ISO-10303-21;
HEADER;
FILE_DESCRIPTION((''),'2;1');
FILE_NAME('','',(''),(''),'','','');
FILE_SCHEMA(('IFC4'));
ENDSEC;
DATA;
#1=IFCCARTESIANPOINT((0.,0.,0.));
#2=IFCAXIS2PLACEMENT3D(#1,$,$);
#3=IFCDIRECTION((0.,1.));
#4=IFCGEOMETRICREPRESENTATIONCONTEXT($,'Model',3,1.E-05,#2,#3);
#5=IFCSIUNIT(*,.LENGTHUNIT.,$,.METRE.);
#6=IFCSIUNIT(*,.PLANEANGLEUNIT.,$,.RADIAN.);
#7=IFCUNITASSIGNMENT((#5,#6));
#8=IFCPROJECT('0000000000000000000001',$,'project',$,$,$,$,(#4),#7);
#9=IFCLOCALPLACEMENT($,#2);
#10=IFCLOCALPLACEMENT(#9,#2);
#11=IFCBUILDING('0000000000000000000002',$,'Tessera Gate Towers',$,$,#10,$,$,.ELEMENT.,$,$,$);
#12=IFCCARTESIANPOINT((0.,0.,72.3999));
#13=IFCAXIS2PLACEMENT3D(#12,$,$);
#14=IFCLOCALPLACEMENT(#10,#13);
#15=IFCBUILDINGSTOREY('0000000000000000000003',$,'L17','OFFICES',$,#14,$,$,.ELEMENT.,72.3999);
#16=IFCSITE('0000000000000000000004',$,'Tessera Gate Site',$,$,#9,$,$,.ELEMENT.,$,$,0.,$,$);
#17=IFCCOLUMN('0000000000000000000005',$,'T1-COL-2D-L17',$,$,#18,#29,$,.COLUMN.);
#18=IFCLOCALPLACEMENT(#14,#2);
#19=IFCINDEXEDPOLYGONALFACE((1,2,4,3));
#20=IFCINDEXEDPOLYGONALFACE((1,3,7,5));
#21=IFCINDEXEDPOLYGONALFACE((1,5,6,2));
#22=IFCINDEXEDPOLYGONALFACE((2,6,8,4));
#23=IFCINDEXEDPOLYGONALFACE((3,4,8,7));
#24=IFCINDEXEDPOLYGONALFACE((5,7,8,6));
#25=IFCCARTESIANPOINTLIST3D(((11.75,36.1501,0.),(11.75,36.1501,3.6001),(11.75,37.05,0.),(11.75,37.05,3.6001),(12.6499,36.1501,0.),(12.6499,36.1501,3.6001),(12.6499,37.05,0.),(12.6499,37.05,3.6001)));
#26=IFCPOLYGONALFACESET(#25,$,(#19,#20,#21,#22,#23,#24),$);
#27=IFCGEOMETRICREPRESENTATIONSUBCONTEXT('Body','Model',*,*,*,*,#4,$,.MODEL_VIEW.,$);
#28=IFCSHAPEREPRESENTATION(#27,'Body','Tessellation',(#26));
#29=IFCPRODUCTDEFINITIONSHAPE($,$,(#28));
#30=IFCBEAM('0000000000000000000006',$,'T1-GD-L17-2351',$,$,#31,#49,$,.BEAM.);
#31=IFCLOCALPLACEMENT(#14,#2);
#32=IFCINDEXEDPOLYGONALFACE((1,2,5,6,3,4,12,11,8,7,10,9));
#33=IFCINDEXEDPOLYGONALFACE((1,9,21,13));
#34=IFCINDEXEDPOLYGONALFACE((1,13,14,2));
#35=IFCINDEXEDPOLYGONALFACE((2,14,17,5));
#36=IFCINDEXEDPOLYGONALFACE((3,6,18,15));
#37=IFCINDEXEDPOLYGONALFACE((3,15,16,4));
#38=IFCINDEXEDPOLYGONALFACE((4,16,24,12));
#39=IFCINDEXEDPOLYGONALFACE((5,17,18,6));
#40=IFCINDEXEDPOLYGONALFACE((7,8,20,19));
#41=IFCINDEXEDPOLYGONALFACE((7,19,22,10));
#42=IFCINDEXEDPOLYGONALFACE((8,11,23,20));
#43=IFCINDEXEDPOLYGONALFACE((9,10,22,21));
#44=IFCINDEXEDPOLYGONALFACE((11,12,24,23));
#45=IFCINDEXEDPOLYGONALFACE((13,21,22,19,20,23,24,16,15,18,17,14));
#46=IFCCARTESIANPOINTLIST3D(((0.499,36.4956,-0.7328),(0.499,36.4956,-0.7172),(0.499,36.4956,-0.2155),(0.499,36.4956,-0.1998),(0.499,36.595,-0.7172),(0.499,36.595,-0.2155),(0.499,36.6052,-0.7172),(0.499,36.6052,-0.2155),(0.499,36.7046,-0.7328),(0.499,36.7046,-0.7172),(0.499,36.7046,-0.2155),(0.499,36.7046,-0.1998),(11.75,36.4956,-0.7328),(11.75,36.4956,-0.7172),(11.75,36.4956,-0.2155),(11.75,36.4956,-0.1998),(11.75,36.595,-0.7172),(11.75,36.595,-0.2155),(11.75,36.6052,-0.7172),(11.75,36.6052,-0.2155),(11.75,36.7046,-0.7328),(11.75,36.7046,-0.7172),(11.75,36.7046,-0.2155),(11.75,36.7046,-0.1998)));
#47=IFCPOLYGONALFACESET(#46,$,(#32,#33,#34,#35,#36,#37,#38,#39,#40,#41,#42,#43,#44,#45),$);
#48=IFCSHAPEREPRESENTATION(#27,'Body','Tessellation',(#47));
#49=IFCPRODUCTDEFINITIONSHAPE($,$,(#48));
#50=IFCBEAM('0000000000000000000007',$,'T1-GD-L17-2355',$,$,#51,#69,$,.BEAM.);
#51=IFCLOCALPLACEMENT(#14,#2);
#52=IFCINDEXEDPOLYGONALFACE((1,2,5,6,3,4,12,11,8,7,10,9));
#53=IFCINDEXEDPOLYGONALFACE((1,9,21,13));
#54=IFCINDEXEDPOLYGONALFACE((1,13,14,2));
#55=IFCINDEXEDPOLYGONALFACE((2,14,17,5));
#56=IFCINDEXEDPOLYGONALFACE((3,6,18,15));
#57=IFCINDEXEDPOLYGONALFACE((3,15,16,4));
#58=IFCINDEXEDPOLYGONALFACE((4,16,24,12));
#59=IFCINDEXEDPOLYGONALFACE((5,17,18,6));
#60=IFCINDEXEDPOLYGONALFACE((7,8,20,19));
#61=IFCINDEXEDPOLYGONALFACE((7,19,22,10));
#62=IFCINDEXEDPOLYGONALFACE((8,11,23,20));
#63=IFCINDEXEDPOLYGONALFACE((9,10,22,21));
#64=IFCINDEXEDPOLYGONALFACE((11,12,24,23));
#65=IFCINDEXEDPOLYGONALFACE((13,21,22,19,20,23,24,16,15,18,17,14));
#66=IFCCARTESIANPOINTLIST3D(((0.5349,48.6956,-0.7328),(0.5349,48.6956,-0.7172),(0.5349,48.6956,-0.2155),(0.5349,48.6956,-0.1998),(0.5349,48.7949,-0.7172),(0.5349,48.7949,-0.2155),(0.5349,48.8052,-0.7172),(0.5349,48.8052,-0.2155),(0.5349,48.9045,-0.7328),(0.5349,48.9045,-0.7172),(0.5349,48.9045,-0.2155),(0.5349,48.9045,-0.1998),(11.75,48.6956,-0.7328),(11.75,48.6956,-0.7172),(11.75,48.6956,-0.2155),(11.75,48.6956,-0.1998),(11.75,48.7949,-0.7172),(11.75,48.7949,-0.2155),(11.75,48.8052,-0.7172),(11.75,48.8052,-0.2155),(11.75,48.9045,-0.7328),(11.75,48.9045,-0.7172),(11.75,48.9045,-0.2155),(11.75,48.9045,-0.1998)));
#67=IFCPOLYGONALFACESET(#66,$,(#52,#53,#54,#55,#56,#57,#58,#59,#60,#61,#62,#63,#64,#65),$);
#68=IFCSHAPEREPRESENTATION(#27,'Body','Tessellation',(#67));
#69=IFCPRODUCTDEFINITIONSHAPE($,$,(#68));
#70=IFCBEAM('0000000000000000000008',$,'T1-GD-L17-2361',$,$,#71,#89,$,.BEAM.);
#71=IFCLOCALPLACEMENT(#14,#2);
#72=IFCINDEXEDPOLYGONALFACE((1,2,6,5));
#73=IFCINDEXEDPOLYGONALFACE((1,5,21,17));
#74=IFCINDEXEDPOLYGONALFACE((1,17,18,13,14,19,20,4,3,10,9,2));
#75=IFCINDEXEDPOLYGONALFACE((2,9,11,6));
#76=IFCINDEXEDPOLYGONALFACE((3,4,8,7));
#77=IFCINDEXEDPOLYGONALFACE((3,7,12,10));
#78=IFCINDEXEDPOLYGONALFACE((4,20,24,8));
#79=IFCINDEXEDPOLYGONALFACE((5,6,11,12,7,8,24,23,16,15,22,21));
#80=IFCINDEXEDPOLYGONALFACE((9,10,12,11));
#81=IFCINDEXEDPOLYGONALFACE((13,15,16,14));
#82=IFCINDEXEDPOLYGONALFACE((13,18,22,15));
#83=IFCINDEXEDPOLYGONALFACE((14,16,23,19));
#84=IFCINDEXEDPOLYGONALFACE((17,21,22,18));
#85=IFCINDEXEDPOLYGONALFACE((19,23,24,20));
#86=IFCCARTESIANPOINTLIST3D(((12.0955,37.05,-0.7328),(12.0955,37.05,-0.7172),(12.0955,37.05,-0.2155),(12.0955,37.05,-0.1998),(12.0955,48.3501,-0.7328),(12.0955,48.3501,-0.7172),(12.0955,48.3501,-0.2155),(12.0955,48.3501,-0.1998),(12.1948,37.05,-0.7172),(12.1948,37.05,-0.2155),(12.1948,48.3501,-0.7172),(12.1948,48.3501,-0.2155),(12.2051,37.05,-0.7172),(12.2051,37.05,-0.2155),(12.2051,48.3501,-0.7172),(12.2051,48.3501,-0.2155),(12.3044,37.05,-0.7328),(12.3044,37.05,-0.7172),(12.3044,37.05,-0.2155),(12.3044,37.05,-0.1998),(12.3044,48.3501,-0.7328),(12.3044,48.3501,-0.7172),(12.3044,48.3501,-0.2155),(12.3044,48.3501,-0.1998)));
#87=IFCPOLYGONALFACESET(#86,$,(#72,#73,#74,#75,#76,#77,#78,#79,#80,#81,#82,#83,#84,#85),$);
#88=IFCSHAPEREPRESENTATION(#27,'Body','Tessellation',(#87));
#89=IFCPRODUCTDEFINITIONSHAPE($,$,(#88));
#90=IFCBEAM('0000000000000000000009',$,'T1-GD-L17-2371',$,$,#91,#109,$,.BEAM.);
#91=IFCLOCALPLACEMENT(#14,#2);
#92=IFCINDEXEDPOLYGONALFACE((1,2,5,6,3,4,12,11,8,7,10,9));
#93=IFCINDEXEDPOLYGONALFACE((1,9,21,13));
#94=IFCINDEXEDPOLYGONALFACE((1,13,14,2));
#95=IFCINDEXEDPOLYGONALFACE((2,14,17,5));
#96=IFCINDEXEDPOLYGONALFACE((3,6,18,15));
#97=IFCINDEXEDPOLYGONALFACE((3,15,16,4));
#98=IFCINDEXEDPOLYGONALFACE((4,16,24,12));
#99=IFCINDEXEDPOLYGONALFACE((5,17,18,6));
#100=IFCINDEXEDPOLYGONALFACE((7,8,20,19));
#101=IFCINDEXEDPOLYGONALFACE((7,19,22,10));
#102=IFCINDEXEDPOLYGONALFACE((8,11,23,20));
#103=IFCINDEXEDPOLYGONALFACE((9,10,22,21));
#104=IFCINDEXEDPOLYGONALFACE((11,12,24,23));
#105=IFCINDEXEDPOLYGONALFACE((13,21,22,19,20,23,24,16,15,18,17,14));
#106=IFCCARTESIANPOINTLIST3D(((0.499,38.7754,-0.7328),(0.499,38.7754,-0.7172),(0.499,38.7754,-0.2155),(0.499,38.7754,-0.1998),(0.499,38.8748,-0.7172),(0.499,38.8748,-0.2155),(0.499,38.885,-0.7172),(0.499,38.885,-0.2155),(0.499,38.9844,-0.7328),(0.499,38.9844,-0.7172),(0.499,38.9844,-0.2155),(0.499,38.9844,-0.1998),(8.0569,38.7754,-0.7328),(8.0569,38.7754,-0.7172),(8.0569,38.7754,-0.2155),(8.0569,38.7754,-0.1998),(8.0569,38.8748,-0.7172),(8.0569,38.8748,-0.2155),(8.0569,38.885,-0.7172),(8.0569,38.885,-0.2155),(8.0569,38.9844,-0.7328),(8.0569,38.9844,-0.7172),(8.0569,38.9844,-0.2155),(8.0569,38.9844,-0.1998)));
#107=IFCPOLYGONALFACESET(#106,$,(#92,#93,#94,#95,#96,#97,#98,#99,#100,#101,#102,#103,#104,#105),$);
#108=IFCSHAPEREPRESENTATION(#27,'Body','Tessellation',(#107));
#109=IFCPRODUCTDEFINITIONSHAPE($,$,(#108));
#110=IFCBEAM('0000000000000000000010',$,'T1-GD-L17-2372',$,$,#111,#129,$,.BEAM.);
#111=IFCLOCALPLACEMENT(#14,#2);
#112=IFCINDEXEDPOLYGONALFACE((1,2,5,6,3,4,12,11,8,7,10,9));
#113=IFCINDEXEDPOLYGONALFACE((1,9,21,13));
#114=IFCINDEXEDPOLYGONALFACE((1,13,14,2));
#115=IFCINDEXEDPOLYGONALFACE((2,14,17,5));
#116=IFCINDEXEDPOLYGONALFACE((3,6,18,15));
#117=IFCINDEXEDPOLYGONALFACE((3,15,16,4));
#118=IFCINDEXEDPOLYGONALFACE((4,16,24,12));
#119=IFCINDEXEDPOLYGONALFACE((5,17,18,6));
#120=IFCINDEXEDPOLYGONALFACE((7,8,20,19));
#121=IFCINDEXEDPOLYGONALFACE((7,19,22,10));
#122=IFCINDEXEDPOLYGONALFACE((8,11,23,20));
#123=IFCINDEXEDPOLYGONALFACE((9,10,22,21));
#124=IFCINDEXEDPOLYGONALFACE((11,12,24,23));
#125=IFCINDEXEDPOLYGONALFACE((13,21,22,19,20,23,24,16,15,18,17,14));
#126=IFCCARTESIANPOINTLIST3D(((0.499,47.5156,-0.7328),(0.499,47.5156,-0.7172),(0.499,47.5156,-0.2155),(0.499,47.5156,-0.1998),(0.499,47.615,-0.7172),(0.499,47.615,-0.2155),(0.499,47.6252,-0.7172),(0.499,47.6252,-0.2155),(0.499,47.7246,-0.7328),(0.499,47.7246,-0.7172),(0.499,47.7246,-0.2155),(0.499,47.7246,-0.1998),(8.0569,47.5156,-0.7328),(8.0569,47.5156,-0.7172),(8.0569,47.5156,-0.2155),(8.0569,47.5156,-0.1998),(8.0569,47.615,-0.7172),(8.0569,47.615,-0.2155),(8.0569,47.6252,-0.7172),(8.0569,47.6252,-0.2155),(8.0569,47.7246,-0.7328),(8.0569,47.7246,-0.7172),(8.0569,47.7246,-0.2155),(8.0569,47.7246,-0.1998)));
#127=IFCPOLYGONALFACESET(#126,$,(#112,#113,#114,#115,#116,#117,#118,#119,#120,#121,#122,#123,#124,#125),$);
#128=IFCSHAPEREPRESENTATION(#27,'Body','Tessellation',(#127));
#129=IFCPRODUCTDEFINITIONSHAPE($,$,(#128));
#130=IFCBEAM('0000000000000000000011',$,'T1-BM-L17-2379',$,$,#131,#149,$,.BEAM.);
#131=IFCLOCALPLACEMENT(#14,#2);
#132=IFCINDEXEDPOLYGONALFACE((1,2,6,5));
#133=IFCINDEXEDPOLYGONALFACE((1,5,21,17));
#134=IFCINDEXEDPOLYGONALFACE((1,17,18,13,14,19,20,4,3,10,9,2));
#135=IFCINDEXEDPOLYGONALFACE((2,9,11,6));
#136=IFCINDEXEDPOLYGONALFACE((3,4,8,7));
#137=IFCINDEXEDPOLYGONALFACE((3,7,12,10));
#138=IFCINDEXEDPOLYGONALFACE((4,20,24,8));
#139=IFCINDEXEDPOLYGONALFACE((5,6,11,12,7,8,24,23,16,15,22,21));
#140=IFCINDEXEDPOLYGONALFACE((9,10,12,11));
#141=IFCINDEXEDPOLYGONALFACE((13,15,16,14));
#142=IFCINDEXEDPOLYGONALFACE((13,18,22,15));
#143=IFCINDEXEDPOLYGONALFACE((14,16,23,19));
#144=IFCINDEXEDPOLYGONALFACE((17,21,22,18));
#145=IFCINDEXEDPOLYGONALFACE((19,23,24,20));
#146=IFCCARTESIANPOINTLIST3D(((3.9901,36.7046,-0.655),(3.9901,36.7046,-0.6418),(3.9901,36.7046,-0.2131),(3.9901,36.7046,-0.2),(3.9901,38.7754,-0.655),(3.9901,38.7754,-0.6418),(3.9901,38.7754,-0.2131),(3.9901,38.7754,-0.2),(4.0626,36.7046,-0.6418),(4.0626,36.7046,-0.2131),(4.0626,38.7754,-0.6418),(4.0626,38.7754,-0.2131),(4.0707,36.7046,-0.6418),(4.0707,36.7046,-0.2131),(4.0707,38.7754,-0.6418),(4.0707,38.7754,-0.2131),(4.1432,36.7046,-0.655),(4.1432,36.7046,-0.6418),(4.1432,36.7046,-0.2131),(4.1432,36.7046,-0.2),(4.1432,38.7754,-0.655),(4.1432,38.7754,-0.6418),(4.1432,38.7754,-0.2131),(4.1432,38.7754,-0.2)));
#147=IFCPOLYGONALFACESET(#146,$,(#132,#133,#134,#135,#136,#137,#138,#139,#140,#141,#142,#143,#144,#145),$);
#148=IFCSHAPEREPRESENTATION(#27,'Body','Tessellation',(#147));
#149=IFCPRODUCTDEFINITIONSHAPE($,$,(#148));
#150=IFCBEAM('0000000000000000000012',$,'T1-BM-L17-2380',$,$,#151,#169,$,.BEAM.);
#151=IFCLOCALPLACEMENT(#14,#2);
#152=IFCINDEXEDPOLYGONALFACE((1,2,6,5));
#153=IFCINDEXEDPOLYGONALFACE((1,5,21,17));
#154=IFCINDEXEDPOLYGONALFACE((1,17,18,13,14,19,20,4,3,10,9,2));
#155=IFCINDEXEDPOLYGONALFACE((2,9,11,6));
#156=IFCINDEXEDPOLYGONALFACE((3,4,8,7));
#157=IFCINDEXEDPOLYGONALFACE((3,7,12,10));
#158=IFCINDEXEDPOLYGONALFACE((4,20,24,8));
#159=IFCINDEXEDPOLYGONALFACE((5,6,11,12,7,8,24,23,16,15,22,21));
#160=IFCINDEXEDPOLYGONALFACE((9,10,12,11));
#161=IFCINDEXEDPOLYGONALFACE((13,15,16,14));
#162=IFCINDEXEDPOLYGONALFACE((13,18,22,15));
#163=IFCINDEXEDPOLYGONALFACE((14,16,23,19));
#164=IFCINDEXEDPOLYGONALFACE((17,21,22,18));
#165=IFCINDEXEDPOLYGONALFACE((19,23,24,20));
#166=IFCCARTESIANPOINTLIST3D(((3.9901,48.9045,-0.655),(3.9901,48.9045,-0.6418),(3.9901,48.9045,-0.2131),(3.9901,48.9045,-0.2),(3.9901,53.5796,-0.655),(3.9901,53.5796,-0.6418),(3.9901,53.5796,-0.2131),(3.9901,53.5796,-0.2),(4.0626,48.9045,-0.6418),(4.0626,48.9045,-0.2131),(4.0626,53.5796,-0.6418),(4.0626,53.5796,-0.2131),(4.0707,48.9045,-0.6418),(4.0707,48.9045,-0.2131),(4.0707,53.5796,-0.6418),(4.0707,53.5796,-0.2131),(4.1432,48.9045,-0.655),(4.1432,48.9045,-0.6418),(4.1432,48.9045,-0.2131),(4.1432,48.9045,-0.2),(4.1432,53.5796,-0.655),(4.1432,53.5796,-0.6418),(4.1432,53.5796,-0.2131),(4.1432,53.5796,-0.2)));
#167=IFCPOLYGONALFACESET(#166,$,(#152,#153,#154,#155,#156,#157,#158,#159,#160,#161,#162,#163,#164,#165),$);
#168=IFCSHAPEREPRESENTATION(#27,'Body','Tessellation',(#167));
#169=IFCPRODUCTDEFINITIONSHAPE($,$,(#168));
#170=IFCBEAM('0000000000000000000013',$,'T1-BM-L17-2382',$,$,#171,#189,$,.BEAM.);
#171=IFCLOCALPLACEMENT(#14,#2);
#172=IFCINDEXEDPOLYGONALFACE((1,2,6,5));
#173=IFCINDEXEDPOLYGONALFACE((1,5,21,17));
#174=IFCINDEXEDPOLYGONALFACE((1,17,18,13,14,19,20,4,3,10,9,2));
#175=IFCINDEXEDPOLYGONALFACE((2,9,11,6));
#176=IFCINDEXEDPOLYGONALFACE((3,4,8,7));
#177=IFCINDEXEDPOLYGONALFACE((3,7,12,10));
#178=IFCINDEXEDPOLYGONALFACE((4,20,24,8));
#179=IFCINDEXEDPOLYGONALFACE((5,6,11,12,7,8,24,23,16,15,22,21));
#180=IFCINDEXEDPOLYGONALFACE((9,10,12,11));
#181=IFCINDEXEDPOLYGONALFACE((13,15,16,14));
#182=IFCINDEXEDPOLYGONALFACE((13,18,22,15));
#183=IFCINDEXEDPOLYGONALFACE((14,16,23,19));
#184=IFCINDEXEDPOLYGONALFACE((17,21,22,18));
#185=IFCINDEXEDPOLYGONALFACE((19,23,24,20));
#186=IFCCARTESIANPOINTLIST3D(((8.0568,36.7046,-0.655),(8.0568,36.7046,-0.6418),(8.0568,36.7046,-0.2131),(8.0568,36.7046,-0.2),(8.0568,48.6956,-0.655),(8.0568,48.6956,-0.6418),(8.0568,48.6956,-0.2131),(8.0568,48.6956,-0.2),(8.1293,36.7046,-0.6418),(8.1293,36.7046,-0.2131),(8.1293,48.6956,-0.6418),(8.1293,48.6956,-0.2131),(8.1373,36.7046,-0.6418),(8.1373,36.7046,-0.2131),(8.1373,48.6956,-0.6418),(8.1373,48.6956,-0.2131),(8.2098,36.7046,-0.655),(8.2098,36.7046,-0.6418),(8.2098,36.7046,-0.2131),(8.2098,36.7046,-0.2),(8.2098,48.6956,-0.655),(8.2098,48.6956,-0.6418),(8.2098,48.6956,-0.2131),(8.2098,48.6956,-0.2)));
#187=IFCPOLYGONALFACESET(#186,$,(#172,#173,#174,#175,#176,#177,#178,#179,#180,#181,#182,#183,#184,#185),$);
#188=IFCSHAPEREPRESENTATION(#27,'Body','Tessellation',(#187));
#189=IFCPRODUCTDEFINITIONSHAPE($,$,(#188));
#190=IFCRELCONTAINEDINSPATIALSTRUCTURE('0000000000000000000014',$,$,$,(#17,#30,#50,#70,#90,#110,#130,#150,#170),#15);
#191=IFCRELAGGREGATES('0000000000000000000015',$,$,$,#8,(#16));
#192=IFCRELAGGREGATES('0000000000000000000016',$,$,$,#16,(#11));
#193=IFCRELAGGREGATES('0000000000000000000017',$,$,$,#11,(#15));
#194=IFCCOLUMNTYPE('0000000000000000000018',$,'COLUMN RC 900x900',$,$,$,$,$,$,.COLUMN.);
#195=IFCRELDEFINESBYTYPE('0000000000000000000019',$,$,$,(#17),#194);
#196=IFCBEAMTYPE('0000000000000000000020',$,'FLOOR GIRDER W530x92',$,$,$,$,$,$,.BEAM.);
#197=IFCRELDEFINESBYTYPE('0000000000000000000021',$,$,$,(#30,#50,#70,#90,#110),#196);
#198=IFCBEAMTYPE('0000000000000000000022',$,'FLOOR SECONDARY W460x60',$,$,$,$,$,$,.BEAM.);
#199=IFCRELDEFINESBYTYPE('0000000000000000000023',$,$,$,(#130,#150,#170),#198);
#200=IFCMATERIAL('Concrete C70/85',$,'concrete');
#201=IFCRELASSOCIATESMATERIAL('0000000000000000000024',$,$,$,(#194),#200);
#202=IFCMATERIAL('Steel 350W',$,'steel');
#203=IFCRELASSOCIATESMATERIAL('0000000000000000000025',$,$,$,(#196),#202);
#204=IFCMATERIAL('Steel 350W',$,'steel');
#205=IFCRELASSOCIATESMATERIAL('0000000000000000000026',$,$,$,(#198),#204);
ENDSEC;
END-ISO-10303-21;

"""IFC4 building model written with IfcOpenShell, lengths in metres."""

from ifc_helpers import new_model, si_unit, direction, frame, origin, origin_2d, place, context, subcontext, project, spatial, rectangle, i_section, extrude, material, material_profile, profile_set, type_object, element, save


model = new_model("IFC4")

# Units and contexts
model_context = context("Model", 3, precision=1e-05, world=origin(), true_north=direction((0.0, 1.0)))
body_context = subcontext(model_context, "Body", "Model", "MODEL_VIEW")
ifc_project = project(units=[si_unit("LENGTHUNIT", "METRE"), si_unit("PLANEANGLEUNIT", "RADIAN")], contexts=[model_context])

# Site, building, storey
site_placement = place(None, origin())
site = spatial("IfcSite", under=ifc_project, at=site_placement, Name="Tessera Gate Site", CompositionType="ELEMENT", RefElevation=0.0)
building_placement = place(site_placement, origin())
building = spatial("IfcBuilding", under=site, at=building_placement, Name="Tessera Gate Towers", CompositionType="ELEMENT")
storey_placement = place(building_placement, frame((0.0, 0.0, 72.3999)))
storey = spatial("IfcBuildingStorey", under=building, at=storey_placement, Name="L17", Description="OFFICES", CompositionType="ELEMENT", Elevation=72.3999)

# Column
ifc_material_1 = material(Name="Concrete C70/85", Category="concrete")
ifc_material_profile_1 = material_profile(ifc_material_1, rectangle(XDim=0.8999, YDim=0.8999, at=origin_2d()), Name="RC 900x900")
ifc_profile_set_1 = profile_set([ifc_material_profile_1], Name="Concrete C70/85")
column_type = type_object("IfcColumnType", Name="COLUMN RC 900x900", PredefinedType="COLUMN", material=ifc_profile_set_1)
column_placement = place(storey_placement, frame((12.2, 36.6001, 0.0), z_axis=(0.0, 0.0, 1.0), x_axis=(1.0, 0.0, 0.0)))
element("IfcColumn", 1, at=column_placement, inside=storey, type_object=column_type, Name="T1-COL-2D-L17", PredefinedType="COLUMN", context=body_context, shape_type="SweptSolid", body=[
    extrude(rectangle(XDim=0.8999, YDim=0.8999, at=origin_2d()), origin(), (0.0, 0.0, 1.0), 3.6001),
])

# Beams
ifc_material_2 = material(Name="Steel 350W", Category="steel")
ifc_material_profile_2 = material_profile(ifc_material_2, i_section(OverallWidth=0.209, OverallDepth=0.533, WebThickness=0.0103, FlangeThickness=0.0156, at=origin_2d()), Name="W530x92")
ifc_profile_set_2 = profile_set([ifc_material_profile_2], Name="Steel 350W")
beam_type_1 = type_object("IfcBeamType", Name="FLOOR GIRDER W530x92", PredefinedType="BEAM", material=ifc_profile_set_2)
beam_1_placement = place(storey_placement, frame((0.499, 36.6001, -0.4663), z_axis=(1.0, 0.0, 0.0), x_axis=(0.0, 1.0, 0.0)))
element("IfcBeam", 2, at=beam_1_placement, inside=storey, type_object=beam_type_1, Name="T1-GD-L17-2351", PredefinedType="BEAM", context=body_context, shape_type="SweptSolid", body=[
    extrude(i_section(OverallWidth=0.209, OverallDepth=0.533, WebThickness=0.0103, FlangeThickness=0.0156, at=origin_2d()), origin(), (0.0, 0.0, 1.0), 11.251),
])
beam_2_placement = place(storey_placement, frame((0.5349, 48.8, -0.4663), z_axis=(1.0, 0.0, 0.0), x_axis=(0.0, 1.0, 0.0)))
element("IfcBeam", 3, at=beam_2_placement, inside=storey, type_object=beam_type_1, Name="T1-GD-L17-2355", PredefinedType="BEAM", context=body_context, shape_type="SweptSolid", body=[
    extrude(i_section(OverallWidth=0.209, OverallDepth=0.533, WebThickness=0.0103, FlangeThickness=0.0156, at=origin_2d()), origin(), (0.0, 0.0, 1.0), 11.2151),
])
beam_3_placement = place(storey_placement, frame((12.2, 37.05, -0.4663), z_axis=(0.0, 1.0, 0.0), x_axis=(-1.0, 0.0, 0.0)))
element("IfcBeam", 4, at=beam_3_placement, inside=storey, type_object=beam_type_1, Name="T1-GD-L17-2361", PredefinedType="BEAM", context=body_context, shape_type="SweptSolid", body=[
    extrude(i_section(OverallWidth=0.209, OverallDepth=0.533, WebThickness=0.0103, FlangeThickness=0.0156, at=origin_2d()), origin(), (0.0, 0.0, 1.0), 11.3),
])
for number, where, z_axis, x_axis, name in (
    (5, (0.499, 38.8799, -0.4663), (1.0, 0.0, 0.0), (0.0, 1.0, 0.0), "T1-GD-L17-2371"),
    (6, (0.499, 47.6201, -0.4663), (1.0, 0.0, 0.0), (0.0, 1.0, 0.0), "T1-GD-L17-2372"),
):
    element("IfcBeam", number, at=place(storey_placement, frame(where, z_axis=z_axis, x_axis=x_axis)), inside=storey, type_object=beam_type_1, Name=name, PredefinedType="BEAM", context=body_context, shape_type="SweptSolid", body=[
        extrude(i_section(OverallWidth=0.209, OverallDepth=0.533, WebThickness=0.0103, FlangeThickness=0.0156, at=origin_2d()), origin(), (0.0, 0.0, 1.0), 7.5579),
    ])
ifc_material_3 = material(Name="Steel 350W", Category="steel")
ifc_material_profile_3 = material_profile(ifc_material_3, i_section(OverallWidth=0.1531, OverallDepth=0.4551, WebThickness=0.0081, FlangeThickness=0.0132, at=origin_2d()), Name="W460x60")
ifc_profile_set_3 = profile_set([ifc_material_profile_3], Name="Steel 350W")
beam_type_2 = type_object("IfcBeamType", Name="FLOOR SECONDARY W460x60", PredefinedType="BEAM", material=ifc_profile_set_3)
beam_4_placement = place(storey_placement, frame((4.0667, 36.7046, -0.4275), z_axis=(0.0, 1.0, 0.0), x_axis=(-1.0, 0.0, 0.0)))
element("IfcBeam", 7, at=beam_4_placement, inside=storey, type_object=beam_type_2, Name="T1-BM-L17-2379", PredefinedType="BEAM", context=body_context, shape_type="SweptSolid", body=[
    extrude(i_section(OverallWidth=0.1531, OverallDepth=0.4551, WebThickness=0.0081, FlangeThickness=0.0132, at=origin_2d()), origin(), (0.0, 0.0, 1.0), 2.0708),
])
beam_5_placement = place(storey_placement, frame((4.0667, 48.9045, -0.4275), z_axis=(0.0, 1.0, 0.0), x_axis=(-1.0, 0.0, 0.0)))
element("IfcBeam", 8, at=beam_5_placement, inside=storey, type_object=beam_type_2, Name="T1-BM-L17-2380", PredefinedType="BEAM", context=body_context, shape_type="SweptSolid", body=[
    extrude(i_section(OverallWidth=0.1531, OverallDepth=0.4551, WebThickness=0.0081, FlangeThickness=0.0132, at=origin_2d()), origin(), (0.0, 0.0, 1.0), 4.675),
])
beam_6_placement = place(storey_placement, frame((8.1333, 36.7046, -0.4275), z_axis=(0.0, 1.0, 0.0), x_axis=(-1.0, 0.0, 0.0)))
element("IfcBeam", 9, at=beam_6_placement, inside=storey, type_object=beam_type_2, Name="T1-BM-L17-2382", PredefinedType="BEAM", context=body_context, shape_type="SweptSolid", body=[
    extrude(i_section(OverallWidth=0.1531, OverallDepth=0.4551, WebThickness=0.0081, FlangeThickness=0.0132, at=origin_2d()), origin(), (0.0, 0.0, 1.0), 11.991),
])

save(model, "model.ifc")
